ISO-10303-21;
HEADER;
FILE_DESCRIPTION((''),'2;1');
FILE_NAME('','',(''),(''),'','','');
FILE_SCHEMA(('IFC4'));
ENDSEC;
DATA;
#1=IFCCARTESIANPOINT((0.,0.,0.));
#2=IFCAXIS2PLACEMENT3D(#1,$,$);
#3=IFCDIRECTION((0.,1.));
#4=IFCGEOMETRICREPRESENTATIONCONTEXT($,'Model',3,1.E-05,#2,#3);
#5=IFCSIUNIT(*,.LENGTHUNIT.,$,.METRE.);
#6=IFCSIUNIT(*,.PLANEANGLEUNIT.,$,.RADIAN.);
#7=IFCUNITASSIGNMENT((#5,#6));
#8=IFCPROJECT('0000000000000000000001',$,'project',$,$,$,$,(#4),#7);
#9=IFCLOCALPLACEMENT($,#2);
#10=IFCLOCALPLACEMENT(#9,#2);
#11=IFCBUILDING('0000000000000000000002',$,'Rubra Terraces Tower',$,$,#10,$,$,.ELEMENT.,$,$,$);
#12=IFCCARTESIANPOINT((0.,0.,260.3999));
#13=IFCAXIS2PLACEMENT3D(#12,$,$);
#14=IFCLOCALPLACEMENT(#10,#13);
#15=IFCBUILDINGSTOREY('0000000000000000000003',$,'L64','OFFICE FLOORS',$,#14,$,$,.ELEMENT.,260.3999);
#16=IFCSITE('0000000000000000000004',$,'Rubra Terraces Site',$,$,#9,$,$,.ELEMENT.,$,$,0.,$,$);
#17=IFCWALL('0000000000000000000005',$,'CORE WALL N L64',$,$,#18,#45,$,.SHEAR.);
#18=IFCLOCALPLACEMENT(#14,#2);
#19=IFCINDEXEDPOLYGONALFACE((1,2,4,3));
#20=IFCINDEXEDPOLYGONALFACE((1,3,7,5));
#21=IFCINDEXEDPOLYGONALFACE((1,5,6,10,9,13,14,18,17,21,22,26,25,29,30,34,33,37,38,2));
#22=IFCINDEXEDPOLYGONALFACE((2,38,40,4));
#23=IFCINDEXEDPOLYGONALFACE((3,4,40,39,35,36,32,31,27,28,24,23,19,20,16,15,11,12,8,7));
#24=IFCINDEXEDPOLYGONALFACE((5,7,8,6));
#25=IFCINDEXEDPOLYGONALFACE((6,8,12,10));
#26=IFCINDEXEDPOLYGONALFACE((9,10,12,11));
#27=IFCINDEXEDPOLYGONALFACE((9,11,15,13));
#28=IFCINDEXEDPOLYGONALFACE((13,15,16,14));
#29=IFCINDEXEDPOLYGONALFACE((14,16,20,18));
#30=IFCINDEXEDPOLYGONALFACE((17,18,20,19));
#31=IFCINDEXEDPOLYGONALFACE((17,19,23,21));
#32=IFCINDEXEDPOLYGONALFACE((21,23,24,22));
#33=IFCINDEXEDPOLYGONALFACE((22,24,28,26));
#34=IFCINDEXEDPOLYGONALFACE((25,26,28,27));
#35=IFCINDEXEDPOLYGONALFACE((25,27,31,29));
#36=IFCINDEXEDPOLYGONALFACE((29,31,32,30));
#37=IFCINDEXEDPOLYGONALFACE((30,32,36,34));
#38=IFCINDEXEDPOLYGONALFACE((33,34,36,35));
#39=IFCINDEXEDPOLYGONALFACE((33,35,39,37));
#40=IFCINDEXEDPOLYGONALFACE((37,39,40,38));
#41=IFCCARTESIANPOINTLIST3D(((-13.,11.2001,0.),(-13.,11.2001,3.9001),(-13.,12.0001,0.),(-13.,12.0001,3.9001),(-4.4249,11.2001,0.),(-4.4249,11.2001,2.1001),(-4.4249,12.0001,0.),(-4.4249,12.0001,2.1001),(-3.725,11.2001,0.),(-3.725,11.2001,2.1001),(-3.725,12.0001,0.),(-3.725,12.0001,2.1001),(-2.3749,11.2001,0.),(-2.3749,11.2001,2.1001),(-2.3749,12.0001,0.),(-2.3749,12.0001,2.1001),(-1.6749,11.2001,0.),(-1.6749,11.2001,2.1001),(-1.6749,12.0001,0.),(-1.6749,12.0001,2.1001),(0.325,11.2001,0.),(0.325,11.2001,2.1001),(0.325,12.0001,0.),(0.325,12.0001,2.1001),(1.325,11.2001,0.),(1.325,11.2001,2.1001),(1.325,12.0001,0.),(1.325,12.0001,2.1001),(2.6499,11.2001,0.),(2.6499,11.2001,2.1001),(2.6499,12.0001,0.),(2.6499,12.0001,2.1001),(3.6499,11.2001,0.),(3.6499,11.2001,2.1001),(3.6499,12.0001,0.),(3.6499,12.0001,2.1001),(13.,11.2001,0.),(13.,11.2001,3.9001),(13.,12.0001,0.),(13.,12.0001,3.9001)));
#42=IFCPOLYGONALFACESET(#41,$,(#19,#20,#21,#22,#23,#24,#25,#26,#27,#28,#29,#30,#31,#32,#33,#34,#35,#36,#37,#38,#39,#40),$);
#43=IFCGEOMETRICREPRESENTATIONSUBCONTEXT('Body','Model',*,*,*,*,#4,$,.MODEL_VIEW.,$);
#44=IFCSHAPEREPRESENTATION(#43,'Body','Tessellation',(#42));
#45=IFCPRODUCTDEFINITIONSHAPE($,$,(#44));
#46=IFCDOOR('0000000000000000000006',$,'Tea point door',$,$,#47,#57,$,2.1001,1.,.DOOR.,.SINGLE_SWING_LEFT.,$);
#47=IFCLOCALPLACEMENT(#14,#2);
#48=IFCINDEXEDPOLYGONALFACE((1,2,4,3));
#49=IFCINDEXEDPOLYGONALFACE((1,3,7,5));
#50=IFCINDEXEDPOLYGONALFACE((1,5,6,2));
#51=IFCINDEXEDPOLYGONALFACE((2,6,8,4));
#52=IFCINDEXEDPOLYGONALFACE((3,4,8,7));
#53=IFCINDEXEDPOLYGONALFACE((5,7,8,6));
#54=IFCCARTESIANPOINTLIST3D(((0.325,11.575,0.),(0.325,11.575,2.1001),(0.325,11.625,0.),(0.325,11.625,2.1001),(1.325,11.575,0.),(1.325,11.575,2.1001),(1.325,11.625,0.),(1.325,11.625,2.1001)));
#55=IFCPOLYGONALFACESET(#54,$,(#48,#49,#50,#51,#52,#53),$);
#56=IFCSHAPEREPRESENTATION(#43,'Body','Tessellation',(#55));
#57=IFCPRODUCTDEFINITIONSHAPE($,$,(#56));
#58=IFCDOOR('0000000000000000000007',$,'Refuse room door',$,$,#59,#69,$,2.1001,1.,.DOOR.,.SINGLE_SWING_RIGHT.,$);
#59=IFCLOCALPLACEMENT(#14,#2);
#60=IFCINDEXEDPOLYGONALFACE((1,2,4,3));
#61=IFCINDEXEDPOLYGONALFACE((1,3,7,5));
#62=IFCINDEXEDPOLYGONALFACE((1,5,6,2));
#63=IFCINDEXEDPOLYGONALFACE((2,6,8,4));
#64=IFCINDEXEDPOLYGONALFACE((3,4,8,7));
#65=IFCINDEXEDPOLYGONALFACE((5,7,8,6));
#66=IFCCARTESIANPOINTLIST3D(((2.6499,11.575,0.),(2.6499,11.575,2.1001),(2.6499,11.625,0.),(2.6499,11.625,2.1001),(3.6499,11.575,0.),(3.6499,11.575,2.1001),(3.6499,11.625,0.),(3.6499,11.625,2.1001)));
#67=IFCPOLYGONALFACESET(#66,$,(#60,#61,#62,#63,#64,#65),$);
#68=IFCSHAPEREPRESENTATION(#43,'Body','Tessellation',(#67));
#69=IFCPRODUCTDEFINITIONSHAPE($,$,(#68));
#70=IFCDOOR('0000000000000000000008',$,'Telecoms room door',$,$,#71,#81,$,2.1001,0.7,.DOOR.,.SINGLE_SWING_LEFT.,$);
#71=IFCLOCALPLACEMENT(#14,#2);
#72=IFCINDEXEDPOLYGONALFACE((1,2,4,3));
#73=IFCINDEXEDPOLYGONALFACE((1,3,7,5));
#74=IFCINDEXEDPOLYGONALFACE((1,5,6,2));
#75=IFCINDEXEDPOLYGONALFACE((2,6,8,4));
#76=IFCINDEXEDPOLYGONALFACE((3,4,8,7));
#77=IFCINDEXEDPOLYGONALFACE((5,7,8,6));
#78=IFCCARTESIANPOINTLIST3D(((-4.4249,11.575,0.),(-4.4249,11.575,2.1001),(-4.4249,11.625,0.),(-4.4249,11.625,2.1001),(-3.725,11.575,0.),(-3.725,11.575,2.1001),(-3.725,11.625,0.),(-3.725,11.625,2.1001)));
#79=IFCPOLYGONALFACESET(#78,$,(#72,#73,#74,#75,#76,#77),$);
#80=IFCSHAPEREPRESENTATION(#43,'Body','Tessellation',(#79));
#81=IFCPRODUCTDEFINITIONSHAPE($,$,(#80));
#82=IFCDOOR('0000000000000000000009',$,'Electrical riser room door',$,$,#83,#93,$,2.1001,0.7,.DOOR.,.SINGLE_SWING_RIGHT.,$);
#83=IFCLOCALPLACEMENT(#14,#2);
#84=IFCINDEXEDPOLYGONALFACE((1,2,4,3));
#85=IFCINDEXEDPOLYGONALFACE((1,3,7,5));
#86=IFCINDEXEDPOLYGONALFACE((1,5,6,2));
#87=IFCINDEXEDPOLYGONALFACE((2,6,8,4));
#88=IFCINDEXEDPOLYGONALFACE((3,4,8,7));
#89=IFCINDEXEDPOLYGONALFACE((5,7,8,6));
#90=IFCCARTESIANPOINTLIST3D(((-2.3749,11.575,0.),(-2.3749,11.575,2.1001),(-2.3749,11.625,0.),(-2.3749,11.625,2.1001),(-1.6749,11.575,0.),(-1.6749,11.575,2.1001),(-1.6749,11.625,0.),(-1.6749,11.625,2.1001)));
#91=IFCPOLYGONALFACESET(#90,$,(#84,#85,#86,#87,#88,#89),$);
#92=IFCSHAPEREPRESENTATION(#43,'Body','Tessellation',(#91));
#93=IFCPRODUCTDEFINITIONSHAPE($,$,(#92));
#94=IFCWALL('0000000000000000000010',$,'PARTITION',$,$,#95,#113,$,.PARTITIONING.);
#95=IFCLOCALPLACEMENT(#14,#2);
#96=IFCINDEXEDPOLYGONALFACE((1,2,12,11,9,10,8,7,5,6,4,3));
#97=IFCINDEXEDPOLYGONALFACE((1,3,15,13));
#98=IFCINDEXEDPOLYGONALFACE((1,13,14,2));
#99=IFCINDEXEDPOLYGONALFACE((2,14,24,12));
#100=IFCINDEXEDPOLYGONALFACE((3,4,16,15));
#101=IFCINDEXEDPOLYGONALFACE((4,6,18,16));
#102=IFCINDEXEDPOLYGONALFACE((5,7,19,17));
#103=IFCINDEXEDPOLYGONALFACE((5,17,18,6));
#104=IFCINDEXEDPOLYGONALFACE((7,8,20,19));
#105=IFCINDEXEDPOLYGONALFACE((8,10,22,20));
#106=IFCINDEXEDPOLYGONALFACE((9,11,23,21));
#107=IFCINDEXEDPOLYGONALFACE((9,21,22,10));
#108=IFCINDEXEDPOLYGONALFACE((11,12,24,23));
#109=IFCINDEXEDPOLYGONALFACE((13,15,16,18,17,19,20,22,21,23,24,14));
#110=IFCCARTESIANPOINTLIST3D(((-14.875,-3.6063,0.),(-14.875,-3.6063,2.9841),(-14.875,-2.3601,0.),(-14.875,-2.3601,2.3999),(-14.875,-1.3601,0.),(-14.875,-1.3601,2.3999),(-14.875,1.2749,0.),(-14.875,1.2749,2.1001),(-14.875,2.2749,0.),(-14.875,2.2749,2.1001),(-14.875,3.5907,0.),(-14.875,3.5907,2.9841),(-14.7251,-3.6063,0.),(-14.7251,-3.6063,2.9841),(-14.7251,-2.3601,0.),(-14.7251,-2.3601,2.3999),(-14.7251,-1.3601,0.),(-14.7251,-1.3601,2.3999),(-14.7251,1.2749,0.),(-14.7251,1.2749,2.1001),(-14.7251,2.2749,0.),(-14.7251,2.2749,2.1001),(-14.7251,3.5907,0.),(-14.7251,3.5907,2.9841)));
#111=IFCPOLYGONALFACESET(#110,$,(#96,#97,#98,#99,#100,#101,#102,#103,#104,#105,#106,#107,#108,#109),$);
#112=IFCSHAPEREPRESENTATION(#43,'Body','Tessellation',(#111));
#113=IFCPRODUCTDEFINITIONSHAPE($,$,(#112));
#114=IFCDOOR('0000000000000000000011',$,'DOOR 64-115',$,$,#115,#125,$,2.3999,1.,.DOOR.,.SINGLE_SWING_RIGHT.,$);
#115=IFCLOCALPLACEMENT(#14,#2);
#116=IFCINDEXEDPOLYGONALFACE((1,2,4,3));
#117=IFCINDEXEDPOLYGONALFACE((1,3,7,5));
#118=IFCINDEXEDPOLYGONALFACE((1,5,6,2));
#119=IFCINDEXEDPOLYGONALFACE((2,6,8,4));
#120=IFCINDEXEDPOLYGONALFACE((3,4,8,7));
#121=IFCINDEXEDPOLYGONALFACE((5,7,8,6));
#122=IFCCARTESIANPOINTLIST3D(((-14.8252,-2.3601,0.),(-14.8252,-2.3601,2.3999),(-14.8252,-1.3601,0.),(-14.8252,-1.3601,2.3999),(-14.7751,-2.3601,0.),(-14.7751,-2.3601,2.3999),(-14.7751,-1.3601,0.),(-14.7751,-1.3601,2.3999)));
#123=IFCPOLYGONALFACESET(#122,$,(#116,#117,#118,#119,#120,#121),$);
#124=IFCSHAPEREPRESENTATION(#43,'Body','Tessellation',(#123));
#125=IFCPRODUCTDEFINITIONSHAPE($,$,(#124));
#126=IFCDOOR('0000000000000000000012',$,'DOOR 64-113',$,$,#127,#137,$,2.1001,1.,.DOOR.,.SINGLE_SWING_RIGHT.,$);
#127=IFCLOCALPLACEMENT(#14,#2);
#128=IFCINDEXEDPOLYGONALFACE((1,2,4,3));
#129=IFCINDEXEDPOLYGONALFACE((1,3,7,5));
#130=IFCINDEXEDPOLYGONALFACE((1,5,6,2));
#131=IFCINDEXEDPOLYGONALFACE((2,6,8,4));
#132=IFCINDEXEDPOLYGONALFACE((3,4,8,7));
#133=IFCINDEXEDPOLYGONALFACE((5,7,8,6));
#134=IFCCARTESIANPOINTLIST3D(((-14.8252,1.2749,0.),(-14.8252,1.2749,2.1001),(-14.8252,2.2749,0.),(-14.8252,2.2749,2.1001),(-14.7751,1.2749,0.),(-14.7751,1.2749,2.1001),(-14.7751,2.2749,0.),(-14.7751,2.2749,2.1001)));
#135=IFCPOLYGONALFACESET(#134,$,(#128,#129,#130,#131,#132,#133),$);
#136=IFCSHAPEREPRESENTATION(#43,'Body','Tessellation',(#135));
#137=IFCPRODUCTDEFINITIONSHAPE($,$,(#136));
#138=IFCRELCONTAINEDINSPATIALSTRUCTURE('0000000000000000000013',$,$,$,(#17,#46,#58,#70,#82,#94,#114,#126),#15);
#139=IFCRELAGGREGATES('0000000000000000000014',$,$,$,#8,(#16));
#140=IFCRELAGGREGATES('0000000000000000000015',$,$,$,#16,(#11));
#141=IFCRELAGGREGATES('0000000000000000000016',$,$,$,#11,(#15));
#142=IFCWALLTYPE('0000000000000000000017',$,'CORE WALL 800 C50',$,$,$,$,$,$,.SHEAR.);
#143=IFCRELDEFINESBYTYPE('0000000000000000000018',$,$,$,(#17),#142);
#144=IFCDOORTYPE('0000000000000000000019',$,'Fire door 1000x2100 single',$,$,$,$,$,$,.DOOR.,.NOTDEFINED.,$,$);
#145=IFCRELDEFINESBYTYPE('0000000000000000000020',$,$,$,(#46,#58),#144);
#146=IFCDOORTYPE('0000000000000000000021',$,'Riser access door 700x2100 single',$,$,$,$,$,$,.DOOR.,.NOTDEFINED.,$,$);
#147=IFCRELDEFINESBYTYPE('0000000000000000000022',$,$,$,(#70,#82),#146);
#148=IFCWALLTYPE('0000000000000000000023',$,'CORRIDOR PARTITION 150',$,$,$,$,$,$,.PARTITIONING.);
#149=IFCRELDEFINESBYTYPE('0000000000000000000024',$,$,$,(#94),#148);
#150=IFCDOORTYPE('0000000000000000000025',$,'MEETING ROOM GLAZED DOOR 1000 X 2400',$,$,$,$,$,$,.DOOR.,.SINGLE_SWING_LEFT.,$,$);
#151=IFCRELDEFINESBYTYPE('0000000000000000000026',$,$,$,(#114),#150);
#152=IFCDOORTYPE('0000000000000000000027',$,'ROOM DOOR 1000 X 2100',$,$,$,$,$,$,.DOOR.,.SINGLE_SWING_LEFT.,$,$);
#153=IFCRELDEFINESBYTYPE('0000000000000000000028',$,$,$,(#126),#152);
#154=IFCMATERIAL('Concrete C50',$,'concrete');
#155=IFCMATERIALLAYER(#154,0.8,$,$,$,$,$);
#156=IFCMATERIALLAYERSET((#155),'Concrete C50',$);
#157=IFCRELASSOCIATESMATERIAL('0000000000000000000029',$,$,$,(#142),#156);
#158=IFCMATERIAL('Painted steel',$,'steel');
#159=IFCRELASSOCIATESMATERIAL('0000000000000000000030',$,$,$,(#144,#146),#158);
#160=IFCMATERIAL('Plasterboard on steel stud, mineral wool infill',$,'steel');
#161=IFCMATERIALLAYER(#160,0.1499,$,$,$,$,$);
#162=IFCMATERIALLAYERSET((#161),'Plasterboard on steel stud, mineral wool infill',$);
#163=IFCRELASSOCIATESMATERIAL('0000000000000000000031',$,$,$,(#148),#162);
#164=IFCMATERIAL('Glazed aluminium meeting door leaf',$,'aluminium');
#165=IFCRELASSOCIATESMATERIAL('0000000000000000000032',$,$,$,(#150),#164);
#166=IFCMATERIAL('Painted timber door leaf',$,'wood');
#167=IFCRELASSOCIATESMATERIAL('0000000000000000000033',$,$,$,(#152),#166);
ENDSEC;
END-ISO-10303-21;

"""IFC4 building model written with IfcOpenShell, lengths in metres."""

from ifc_helpers import new_model, si_unit, direction, frame, frame_2d, origin, place, context, subcontext, project, spatial, rectangle, extrude, material, layer, layer_set, type_object, element, fill, save


model = new_model("IFC4")

# Units and contexts
model_context = context("Model", 3, precision=1e-05, world=origin(), true_north=direction((0.0, 1.0)))
body_context = subcontext(model_context, "Body", "Model", "MODEL_VIEW")
ifc_project = project(units=[si_unit("LENGTHUNIT", "METRE"), si_unit("PLANEANGLEUNIT", "RADIAN")], contexts=[model_context])

# Site, building, storey
site_placement = place(None, origin())
site = spatial("IfcSite", under=ifc_project, at=site_placement, Name="Rubra Terraces Site", CompositionType="ELEMENT", RefElevation=0.0)
building_placement = place(site_placement, origin())
building = spatial("IfcBuilding", under=site, at=building_placement, Name="Rubra Terraces Tower", CompositionType="ELEMENT")
storey_placement = place(building_placement, frame((0.0, 0.0, 260.3999)))
storey = spatial("IfcBuildingStorey", under=building, at=storey_placement, Name="L64", Description="OFFICE FLOORS", CompositionType="ELEMENT", Elevation=260.3999)

# Shared definitions
ifc_material_1 = material(Name="Concrete C50", Category="concrete")

# Walls, openings, doors
ifc_layer_1 = layer(ifc_material_1, 0.8)
ifc_layer_set_1 = layer_set([ifc_layer_1], Name="Concrete C50")
wall_type_1 = type_object("IfcWallType", Name="CORE WALL 800 C50", PredefinedType="SHEAR", material=ifc_layer_set_1)
wall_1_placement = place(storey_placement, frame((-13.0, 11.6001, 0.0), z_axis=(0.0, 0.0, 1.0), x_axis=(1.0, 0.0, 0.0)))
wall_1 = element("IfcWall", 1, at=wall_1_placement, inside=storey, type_object=wall_type_1, Name="CORE WALL N L64", PredefinedType="SHEAR", context=body_context, shape_type="SweptSolid", body=[
    extrude(rectangle(XDim=26.0, YDim=0.8, at=frame_2d((13.0, 0.0))), origin(), (0.0, 0.0, 1.0), 3.9001),
])
opening_1_placement = place(wall_1_placement, frame((8.575, 0.0, 0.0)))
opening_1 = element("IfcOpeningElement", 2, at=opening_1_placement, cuts=wall_1, PredefinedType="OPENING", context=body_context, shape_type="SweptSolid", body=[
    extrude(rectangle(XDim=0.7, YDim=2.1001, at=frame_2d((0.3501, 1.05))), frame((0.0, 0.4099, 0.0), z_axis=(0.0, -1.0, 0.0), x_axis=(1.0, 0.0, 0.0)), (0.0, 0.0, 1.0), 0.8201),
])
opening_2_placement = place(wall_1_placement, frame((10.625, 0.0, 0.0)))
opening_2 = element("IfcOpeningElement", 3, at=opening_2_placement, cuts=wall_1, PredefinedType="OPENING", context=body_context, shape_type="SweptSolid", body=[
    extrude(rectangle(XDim=0.7, YDim=2.1001, at=frame_2d((0.3501, 1.05))), frame((0.0, 0.4099, 0.0), z_axis=(0.0, -1.0, 0.0), x_axis=(1.0, 0.0, 0.0)), (0.0, 0.0, 1.0), 0.8201),
])
opening_3_placement = place(wall_1_placement, frame((13.325, 0.0, 0.0)))
opening_3 = element("IfcOpeningElement", 4, at=opening_3_placement, cuts=wall_1, PredefinedType="OPENING", context=body_context, shape_type="SweptSolid", body=[
    extrude(rectangle(XDim=1.0, YDim=2.1001, at=frame_2d((0.5, 1.05))), frame((0.0, 0.4099, 0.0), z_axis=(0.0, -1.0, 0.0), x_axis=(1.0, 0.0, 0.0)), (0.0, 0.0, 1.0), 0.8201),
])
opening_4_placement = place(wall_1_placement, frame((15.6499, 0.0, 0.0)))
opening_4 = element("IfcOpeningElement", 5, at=opening_4_placement, cuts=wall_1, PredefinedType="OPENING", context=body_context, shape_type="SweptSolid", body=[
    extrude(rectangle(XDim=1.0, YDim=2.1001, at=frame_2d((0.5, 1.05))), frame((0.0, 0.4099, 0.0), z_axis=(0.0, -1.0, 0.0), x_axis=(1.0, 0.0, 0.0)), (0.0, 0.0, 1.0), 0.8201),
])
ifc_material_2 = material(Name="Painted steel", Category="steel")
door_type_1 = type_object("IfcDoorType", Name="Fire door 1000x2100 single", OperationType="NOTDEFINED", PredefinedType="DOOR", material=ifc_material_2)
door_1_placement = place(opening_3_placement, origin())
door_1 = element("IfcDoor", 6, at=door_1_placement, inside=storey, type_object=door_type_1, Name="Tea point door", OperationType="SINGLE_SWING_LEFT", OverallHeight=2.1001, OverallWidth=1.0, PredefinedType="DOOR", context=body_context, shape_type="SweptSolid", body=[
    extrude(rectangle(XDim=1.0, YDim=2.1001, at=frame_2d((0.5, 1.05))), frame((0.0, 0.0249, 0.0), z_axis=(0.0, -1.0, 0.0), x_axis=(1.0, 0.0, 0.0)), (0.0, 0.0, 1.0), 0.05),
])
fill(opening_3, door_1)
door_2_placement = place(opening_4_placement, origin())
door_2 = element("IfcDoor", 7, at=door_2_placement, inside=storey, type_object=door_type_1, Name="Refuse room door", OperationType="SINGLE_SWING_RIGHT", OverallHeight=2.1001, OverallWidth=1.0, PredefinedType="DOOR", context=body_context, shape_type="SweptSolid", body=[
    extrude(rectangle(XDim=1.0, YDim=2.1001, at=frame_2d((0.5, 1.05))), frame((0.0, 0.0249, 0.0), z_axis=(0.0, -1.0, 0.0), x_axis=(1.0, 0.0, 0.0)), (0.0, 0.0, 1.0), 0.05),
])
fill(opening_4, door_2)
door_type_2 = type_object("IfcDoorType", Name="Riser access door 700x2100 single", OperationType="NOTDEFINED", PredefinedType="DOOR", material=ifc_material_2)
door_3_placement = place(opening_1_placement, origin())
door_3 = element("IfcDoor", 8, at=door_3_placement, inside=storey, type_object=door_type_2, Name="Telecoms room door", OperationType="SINGLE_SWING_LEFT", OverallHeight=2.1001, OverallWidth=0.7, PredefinedType="DOOR", context=body_context, shape_type="SweptSolid", body=[
    extrude(rectangle(XDim=0.7, YDim=2.1001, at=frame_2d((0.3501, 1.05))), frame((0.0, 0.0249, 0.0), z_axis=(0.0, -1.0, 0.0), x_axis=(1.0, 0.0, 0.0)), (0.0, 0.0, 1.0), 0.05),
])
fill(opening_1, door_3)
door_4_placement = place(opening_2_placement, origin())
door_4 = element("IfcDoor", 9, at=door_4_placement, inside=storey, type_object=door_type_2, Name="Electrical riser room door", OperationType="SINGLE_SWING_RIGHT", OverallHeight=2.1001, OverallWidth=0.7, PredefinedType="DOOR", context=body_context, shape_type="SweptSolid", body=[
    extrude(rectangle(XDim=0.7, YDim=2.1001, at=frame_2d((0.3501, 1.05))), frame((0.0, 0.0249, 0.0), z_axis=(0.0, -1.0, 0.0), x_axis=(1.0, 0.0, 0.0)), (0.0, 0.0, 1.0), 0.05),
])
fill(opening_2, door_4)
ifc_material_3 = material(Name="Plasterboard on steel stud, mineral wool infill", Category="steel")
ifc_layer_2 = layer(ifc_material_3, 0.1499)
ifc_layer_set_2 = layer_set([ifc_layer_2], Name="Plasterboard on steel stud, mineral wool infill")
wall_type_2 = type_object("IfcWallType", Name="CORRIDOR PARTITION 150", PredefinedType="PARTITIONING", material=ifc_layer_set_2)
wall_2_placement = place(storey_placement, frame((-14.8, 3.5908, 0.0), z_axis=(0.0, 0.0, 1.0), x_axis=(0.0, -1.0, 0.0)))
wall_2 = element("IfcWall", 10, at=wall_2_placement, inside=storey, type_object=wall_type_2, Name="PARTITION", PredefinedType="PARTITIONING", context=body_context, shape_type="SweptSolid", body=[
    extrude(rectangle(XDim=7.197, YDim=0.1499, at=frame_2d((3.5986, 0.0))), origin(), (0.0, 0.0, 1.0), 2.9841),
])
opening_5_placement = place(wall_2_placement, frame((1.3159, 0.0, 0.0)))
opening_5 = element("IfcOpeningElement", 11, at=opening_5_placement, cuts=wall_2, PredefinedType="OPENING", context=body_context, shape_type="SweptSolid", body=[
    extrude(rectangle(XDim=1.0, YDim=2.1001, at=frame_2d((0.5, 1.05))), frame((0.0, 0.085, 0.0), z_axis=(0.0, -1.0, 0.0), x_axis=(1.0, 0.0, 0.0)), (0.0, 0.0, 1.0), 0.1699),
])
opening_6_placement = place(wall_2_placement, frame((4.9509, 0.0, 0.0)))
opening_6 = element("IfcOpeningElement", 12, at=opening_6_placement, cuts=wall_2, PredefinedType="OPENING", context=body_context, shape_type="SweptSolid", body=[
    extrude(rectangle(XDim=1.0, YDim=2.3999, at=frame_2d((0.5, 1.2))), frame((0.0, 0.085, 0.0), z_axis=(0.0, -1.0, 0.0), x_axis=(1.0, 0.0, 0.0)), (0.0, 0.0, 1.0), 0.1699),
])
ifc_material_4 = material(Name="Glazed aluminium meeting door leaf", Category="aluminium")
door_type_3 = type_object("IfcDoorType", Name="MEETING ROOM GLAZED DOOR 1000 X 2400", OperationType="SINGLE_SWING_LEFT", PredefinedType="DOOR", material=ifc_material_4)
door_5_placement = place(opening_6_placement, origin())
door_5 = element("IfcDoor", 13, at=door_5_placement, inside=storey, type_object=door_type_3, Name="DOOR 64-115", OperationType="SINGLE_SWING_RIGHT", OverallHeight=2.3999, OverallWidth=1.0, PredefinedType="DOOR", context=body_context, shape_type="SweptSolid", body=[
    extrude(rectangle(XDim=1.0, YDim=2.3999, at=frame_2d((0.5, 1.2))), frame((0.0, 0.0249, 0.0), z_axis=(0.0, -1.0, 0.0), x_axis=(1.0, 0.0, 0.0)), (0.0, 0.0, 1.0), 0.05),
])
fill(opening_6, door_5)
ifc_material_5 = material(Name="Painted timber door leaf", Category="wood")
door_type_4 = type_object("IfcDoorType", Name="ROOM DOOR 1000 X 2100", OperationType="SINGLE_SWING_LEFT", PredefinedType="DOOR", material=ifc_material_5)
door_6_placement = place(opening_5_placement, origin())
door_6 = element("IfcDoor", 14, at=door_6_placement, inside=storey, type_object=door_type_4, Name="DOOR 64-113", OperationType="SINGLE_SWING_RIGHT", OverallHeight=2.1001, OverallWidth=1.0, PredefinedType="DOOR", context=body_context, shape_type="SweptSolid", body=[
    extrude(rectangle(XDim=1.0, YDim=2.1001, at=frame_2d((0.5, 1.05))), frame((0.0, 0.0249, 0.0), z_axis=(0.0, -1.0, 0.0), x_axis=(1.0, 0.0, 0.0)), (0.0, 0.0, 1.0), 0.05),
])
fill(opening_5, door_6)

save(model, "model.ifc")
